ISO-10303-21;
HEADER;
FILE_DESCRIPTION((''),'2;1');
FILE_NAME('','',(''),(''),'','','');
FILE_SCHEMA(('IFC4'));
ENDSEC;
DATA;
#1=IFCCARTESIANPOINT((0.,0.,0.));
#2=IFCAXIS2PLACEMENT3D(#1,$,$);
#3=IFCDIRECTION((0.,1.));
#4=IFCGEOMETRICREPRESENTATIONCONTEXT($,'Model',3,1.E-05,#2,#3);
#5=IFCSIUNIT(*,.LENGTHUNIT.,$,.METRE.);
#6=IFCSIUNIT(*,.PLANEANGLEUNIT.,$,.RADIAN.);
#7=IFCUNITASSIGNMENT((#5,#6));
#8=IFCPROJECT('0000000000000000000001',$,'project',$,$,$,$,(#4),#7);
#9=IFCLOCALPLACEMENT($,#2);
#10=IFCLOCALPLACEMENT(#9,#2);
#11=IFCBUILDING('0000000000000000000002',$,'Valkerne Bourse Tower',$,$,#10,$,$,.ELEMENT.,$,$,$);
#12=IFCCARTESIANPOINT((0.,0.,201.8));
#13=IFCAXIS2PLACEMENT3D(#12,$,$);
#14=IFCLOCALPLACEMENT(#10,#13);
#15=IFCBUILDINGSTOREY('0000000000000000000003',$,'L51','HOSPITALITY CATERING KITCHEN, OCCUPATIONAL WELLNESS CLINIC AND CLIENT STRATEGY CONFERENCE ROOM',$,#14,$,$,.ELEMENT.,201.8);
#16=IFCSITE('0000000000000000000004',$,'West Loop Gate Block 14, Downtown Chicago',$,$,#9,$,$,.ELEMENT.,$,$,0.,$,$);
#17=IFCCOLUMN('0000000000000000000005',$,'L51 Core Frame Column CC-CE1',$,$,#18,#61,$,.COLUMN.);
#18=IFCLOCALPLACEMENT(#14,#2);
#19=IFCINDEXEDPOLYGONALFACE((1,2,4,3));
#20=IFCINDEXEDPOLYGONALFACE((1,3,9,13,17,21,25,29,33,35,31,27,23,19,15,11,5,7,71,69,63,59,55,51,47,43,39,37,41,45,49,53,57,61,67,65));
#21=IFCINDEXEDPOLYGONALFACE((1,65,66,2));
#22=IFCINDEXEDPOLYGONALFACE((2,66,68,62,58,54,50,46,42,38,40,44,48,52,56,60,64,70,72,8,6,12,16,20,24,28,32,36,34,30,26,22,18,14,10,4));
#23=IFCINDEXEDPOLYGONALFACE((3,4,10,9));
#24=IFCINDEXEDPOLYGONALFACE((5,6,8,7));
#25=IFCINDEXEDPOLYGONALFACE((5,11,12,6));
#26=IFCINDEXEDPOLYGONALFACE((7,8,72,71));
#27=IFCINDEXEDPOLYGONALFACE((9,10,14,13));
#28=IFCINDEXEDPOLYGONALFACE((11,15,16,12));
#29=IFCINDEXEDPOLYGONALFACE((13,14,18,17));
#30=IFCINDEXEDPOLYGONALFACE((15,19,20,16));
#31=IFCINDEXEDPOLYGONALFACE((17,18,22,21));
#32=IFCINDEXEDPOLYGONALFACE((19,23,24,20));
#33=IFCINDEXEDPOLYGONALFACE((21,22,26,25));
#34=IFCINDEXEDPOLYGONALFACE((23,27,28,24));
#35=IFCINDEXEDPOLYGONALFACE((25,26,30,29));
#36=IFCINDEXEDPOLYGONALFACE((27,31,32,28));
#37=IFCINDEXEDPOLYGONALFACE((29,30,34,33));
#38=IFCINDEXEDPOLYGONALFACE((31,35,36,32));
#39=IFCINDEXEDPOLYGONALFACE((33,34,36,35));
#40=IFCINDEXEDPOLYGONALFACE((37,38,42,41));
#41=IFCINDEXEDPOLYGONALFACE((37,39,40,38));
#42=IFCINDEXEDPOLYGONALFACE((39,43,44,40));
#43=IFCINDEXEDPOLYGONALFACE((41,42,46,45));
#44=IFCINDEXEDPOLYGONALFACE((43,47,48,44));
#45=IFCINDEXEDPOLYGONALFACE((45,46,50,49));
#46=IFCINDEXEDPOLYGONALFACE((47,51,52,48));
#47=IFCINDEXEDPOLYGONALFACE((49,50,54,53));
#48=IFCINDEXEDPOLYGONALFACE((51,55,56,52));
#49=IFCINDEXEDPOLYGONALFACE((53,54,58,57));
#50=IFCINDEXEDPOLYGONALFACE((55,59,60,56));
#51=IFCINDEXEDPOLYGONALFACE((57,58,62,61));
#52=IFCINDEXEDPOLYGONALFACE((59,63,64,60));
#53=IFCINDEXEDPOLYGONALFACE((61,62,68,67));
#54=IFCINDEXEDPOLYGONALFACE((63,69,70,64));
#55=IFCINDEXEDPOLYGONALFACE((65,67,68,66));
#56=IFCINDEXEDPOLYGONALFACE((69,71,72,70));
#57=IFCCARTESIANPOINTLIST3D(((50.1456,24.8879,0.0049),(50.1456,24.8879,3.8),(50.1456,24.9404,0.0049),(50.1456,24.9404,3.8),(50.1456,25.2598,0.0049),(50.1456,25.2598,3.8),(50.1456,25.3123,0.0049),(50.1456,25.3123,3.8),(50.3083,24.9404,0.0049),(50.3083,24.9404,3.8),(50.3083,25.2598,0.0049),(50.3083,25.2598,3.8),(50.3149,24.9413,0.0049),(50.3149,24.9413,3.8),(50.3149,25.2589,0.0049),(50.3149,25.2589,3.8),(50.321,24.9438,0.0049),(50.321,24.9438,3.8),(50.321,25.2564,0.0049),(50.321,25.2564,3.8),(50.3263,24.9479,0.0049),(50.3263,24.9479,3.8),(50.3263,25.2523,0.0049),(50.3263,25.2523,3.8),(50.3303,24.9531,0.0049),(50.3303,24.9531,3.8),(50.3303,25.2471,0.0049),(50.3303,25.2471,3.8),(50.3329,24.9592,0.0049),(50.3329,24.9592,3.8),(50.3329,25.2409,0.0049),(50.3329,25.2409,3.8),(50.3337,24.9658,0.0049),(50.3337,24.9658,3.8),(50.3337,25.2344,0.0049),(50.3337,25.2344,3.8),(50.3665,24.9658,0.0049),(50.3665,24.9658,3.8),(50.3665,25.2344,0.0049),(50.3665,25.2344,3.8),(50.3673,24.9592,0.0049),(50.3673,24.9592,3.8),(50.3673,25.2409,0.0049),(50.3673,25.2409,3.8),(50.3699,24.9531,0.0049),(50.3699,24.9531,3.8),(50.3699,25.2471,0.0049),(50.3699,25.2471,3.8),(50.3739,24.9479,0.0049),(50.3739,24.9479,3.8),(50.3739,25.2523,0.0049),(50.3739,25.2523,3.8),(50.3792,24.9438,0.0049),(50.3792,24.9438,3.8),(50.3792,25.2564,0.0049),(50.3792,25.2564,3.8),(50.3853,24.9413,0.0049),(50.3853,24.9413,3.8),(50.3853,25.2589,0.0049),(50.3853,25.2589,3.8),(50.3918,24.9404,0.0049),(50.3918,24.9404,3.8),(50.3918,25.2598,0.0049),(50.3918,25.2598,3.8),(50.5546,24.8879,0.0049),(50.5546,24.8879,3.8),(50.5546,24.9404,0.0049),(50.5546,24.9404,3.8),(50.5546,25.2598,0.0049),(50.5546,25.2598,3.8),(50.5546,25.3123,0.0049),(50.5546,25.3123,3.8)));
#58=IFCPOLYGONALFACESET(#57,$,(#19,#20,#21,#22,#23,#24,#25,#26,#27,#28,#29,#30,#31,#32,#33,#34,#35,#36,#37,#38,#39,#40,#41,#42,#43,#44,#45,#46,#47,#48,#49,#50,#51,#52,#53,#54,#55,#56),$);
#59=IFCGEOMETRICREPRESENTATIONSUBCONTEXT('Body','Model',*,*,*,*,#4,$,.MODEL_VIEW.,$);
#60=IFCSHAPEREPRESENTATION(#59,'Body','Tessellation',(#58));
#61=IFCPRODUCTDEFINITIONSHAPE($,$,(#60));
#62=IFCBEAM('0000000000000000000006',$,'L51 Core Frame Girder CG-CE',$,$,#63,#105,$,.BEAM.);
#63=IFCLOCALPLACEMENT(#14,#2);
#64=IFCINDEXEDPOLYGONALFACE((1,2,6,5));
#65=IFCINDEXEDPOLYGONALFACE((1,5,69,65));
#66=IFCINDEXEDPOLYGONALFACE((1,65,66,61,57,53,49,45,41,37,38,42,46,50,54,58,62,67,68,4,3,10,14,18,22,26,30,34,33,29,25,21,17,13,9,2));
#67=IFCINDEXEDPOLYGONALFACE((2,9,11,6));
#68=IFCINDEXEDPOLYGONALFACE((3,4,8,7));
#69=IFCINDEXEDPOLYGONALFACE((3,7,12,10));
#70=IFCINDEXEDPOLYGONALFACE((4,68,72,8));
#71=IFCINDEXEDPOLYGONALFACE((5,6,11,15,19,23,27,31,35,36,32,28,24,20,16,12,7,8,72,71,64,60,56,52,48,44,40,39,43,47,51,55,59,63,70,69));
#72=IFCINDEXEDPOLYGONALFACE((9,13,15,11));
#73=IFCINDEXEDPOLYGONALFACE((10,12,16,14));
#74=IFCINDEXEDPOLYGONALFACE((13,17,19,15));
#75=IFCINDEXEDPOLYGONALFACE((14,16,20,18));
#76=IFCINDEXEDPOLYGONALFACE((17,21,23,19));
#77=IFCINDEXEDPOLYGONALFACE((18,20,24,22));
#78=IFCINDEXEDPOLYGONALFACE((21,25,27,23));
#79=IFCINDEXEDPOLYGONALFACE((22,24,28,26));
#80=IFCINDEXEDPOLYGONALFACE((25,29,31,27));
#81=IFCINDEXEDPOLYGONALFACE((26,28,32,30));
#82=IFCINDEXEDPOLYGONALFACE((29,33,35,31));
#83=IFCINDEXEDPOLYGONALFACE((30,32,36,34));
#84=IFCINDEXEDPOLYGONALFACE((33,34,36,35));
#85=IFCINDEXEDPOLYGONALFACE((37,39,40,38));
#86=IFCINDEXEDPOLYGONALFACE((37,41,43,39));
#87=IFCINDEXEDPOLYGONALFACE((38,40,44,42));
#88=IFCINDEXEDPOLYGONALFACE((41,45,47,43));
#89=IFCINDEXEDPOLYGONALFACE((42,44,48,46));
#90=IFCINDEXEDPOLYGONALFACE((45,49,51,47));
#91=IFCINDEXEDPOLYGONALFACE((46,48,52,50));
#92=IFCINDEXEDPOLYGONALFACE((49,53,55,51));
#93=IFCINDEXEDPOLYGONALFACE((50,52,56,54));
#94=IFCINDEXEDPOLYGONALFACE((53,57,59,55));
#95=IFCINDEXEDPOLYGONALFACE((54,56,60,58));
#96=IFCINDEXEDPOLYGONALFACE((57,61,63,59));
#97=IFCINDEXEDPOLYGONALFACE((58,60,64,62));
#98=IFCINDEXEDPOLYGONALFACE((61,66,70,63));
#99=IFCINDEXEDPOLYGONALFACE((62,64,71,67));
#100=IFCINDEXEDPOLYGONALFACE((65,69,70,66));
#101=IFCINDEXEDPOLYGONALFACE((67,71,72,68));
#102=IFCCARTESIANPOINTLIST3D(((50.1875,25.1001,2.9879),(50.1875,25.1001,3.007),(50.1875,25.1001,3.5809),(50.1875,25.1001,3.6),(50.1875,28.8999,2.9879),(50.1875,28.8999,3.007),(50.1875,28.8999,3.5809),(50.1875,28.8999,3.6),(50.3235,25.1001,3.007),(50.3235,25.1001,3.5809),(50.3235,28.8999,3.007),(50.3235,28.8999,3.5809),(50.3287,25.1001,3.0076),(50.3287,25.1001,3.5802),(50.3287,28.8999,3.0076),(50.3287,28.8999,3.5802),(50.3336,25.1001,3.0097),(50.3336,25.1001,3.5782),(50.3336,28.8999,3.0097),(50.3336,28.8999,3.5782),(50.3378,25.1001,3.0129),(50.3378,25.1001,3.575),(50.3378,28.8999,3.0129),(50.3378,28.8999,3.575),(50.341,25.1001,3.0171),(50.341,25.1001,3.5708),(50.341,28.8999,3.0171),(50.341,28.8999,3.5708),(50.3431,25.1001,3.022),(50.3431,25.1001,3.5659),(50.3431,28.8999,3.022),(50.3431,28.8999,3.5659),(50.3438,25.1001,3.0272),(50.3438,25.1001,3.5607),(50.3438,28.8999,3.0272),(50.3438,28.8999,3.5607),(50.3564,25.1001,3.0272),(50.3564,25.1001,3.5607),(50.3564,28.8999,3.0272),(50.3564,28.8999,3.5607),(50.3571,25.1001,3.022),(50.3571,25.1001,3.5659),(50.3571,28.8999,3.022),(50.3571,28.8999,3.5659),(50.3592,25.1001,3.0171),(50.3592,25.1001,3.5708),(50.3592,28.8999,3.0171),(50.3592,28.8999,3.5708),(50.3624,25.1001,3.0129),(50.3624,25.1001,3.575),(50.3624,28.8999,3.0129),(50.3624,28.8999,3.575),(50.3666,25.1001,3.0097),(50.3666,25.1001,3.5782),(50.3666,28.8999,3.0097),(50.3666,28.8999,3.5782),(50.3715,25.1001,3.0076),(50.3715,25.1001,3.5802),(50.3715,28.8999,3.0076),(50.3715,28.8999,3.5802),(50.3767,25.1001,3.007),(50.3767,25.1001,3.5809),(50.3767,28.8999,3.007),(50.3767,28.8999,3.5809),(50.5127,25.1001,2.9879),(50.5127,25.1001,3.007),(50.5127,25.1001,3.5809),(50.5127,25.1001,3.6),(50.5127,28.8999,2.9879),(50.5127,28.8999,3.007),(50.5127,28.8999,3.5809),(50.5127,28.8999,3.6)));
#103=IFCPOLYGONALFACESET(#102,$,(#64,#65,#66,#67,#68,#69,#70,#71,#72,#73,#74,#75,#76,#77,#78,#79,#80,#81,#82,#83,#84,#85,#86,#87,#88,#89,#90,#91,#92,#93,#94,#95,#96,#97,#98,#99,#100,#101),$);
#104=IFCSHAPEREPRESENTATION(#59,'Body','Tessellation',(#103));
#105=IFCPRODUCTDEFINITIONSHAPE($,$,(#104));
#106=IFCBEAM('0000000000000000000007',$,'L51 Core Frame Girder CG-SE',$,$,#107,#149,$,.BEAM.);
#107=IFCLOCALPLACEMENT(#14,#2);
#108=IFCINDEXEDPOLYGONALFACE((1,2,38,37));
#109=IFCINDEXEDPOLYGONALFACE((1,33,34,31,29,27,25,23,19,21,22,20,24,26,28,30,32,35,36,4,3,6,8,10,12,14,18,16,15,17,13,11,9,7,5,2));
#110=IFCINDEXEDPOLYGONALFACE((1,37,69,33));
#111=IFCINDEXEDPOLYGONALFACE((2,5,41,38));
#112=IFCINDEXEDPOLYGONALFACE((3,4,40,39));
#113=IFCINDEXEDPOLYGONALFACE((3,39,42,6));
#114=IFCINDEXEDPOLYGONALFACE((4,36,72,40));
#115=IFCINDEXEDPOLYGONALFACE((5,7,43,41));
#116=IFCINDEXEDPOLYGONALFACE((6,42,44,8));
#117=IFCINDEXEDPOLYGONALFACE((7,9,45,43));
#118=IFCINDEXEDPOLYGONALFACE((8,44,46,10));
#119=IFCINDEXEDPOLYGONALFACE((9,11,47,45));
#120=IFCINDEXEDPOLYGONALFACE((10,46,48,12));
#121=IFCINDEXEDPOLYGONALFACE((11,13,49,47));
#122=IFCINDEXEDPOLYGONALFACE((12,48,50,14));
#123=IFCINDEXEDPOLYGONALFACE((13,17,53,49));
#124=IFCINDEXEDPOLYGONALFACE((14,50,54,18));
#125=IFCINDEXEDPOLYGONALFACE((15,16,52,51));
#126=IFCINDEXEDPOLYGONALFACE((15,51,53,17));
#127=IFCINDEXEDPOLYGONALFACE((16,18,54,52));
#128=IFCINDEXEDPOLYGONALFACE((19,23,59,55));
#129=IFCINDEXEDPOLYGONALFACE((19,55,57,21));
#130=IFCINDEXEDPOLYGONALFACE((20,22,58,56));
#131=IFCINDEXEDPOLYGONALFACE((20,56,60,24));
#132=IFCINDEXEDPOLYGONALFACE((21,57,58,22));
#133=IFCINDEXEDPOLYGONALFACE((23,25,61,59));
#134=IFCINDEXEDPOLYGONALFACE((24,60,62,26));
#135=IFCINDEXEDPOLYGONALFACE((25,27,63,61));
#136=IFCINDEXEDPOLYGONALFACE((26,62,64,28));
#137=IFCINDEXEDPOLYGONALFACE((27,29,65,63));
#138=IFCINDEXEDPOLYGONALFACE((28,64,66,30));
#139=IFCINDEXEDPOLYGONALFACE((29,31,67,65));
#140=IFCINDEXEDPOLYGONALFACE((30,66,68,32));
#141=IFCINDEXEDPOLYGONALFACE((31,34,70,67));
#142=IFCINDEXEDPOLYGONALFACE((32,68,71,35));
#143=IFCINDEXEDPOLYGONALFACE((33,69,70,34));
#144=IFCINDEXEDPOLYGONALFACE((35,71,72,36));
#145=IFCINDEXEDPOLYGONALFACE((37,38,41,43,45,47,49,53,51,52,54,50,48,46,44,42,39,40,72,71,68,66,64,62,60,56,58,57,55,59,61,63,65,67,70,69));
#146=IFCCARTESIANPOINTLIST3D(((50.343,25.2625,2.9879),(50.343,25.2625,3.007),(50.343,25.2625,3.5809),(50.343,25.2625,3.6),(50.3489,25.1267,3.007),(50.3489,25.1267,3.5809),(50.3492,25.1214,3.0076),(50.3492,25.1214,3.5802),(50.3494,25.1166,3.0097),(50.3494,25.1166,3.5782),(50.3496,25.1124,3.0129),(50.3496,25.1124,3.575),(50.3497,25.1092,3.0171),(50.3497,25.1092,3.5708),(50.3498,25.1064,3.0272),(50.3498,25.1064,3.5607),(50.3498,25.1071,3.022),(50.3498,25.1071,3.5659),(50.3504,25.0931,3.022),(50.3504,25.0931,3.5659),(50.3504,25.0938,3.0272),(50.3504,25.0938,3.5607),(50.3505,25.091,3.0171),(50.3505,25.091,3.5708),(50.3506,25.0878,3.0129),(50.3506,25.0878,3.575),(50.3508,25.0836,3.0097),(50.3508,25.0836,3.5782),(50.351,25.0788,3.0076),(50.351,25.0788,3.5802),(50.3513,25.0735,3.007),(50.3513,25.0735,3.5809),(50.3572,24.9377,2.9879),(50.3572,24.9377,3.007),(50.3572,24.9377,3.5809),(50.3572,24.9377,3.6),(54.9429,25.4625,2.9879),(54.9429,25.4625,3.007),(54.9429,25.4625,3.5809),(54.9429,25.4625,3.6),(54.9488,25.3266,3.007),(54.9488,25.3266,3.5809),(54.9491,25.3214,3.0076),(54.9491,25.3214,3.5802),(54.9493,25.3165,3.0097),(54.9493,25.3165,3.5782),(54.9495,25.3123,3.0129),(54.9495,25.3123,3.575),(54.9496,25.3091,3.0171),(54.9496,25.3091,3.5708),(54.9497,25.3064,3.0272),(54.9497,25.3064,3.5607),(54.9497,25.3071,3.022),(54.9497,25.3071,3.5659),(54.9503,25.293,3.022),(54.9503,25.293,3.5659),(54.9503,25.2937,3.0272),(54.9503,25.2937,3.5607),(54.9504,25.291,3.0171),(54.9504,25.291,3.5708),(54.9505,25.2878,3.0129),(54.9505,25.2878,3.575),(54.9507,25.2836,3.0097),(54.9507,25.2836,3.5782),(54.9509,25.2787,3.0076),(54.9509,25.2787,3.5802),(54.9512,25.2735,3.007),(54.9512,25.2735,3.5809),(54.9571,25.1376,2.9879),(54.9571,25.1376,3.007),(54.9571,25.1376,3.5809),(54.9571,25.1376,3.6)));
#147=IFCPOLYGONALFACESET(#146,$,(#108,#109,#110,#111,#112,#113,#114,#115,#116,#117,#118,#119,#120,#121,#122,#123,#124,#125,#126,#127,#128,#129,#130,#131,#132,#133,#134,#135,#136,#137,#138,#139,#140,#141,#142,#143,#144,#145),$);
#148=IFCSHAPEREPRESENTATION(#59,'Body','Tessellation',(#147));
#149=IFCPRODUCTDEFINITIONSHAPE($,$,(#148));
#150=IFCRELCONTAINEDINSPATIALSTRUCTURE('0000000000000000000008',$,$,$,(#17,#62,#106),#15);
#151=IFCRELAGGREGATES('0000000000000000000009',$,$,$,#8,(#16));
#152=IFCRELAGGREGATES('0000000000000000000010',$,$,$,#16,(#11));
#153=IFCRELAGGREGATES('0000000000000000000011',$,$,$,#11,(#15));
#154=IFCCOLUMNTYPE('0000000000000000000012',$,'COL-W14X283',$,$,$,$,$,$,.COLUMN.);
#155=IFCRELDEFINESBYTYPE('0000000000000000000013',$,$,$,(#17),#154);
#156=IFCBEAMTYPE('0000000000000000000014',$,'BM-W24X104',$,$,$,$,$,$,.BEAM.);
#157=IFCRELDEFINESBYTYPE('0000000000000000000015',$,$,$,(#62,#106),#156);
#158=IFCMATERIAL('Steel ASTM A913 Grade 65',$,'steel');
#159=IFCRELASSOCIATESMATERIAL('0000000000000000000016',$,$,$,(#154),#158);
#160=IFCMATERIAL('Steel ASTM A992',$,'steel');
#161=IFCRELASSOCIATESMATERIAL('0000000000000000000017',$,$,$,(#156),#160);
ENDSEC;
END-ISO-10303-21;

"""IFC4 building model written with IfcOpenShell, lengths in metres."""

from ifc_helpers import new_model, si_unit, direction, frame, origin, origin_2d, place, context, subcontext, project, spatial, i_section, extrude, material, material_profile, profile_set, type_object, element, save


model = new_model("IFC4")

# Units and contexts
model_context = context("Model", 3, precision=1e-05, world=origin(), true_north=direction((0.0, 1.0)))
body_context = subcontext(model_context, "Body", "Model", "MODEL_VIEW")
ifc_project = project(units=[si_unit("LENGTHUNIT", "METRE"), si_unit("PLANEANGLEUNIT", "RADIAN")], contexts=[model_context])

# Site, building, storey
site_placement = place(None, origin())
site = spatial("IfcSite", under=ifc_project, at=site_placement, Name="West Loop Gate Block 14, Downtown Chicago", CompositionType="ELEMENT", RefElevation=0.0)
building_placement = place(site_placement, origin())
building = spatial("IfcBuilding", under=site, at=building_placement, Name="Valkerne Bourse Tower", CompositionType="ELEMENT")
storey_placement = place(building_placement, frame((0.0, 0.0, 201.8)))
storey = spatial("IfcBuildingStorey", under=building, at=storey_placement, Name="L51", Description="HOSPITALITY CATERING KITCHEN, OCCUPATIONAL WELLNESS CLINIC AND CLIENT STRATEGY CONFERENCE ROOM", CompositionType="ELEMENT", Elevation=201.8)

# Column
ifc_material_1 = material(Name="Steel ASTM A913 Grade 65", Category="steel")
ifc_material_profile_1 = material_profile(ifc_material_1, i_section(OverallWidth=0.4089, OverallDepth=0.4243, WebThickness=0.0327, FlangeThickness=0.0525, FilletRadius=0.0254, at=origin_2d()), Name="W14X283")
ifc_profile_set_1 = profile_set([ifc_material_profile_1], Name="Steel ASTM A913 Grade 65")
column_type = type_object("IfcColumnType", Name="COL-W14X283", PredefinedType="COLUMN", material=ifc_profile_set_1)
column_placement = place(storey_placement, frame((50.3501, 25.1001, 0.0049), z_axis=(0.0, 0.0, 1.0), x_axis=(1.0, 0.0, 0.0)))
element("IfcColumn", 1, at=column_placement, inside=storey, type_object=column_type, Name="L51 Core Frame Column CC-CE1", PredefinedType="COLUMN", context=body_context, shape_type="SweptSolid", body=[
    extrude(i_section(OverallWidth=0.4089, OverallDepth=0.4243, WebThickness=0.0327, FlangeThickness=0.0525, FilletRadius=0.0254, at=origin_2d()), origin(), (0.0, 0.0, 1.0), 3.7952),
])

# Beams
ifc_material_2 = material(Name="Steel ASTM A992", Category="steel")
ifc_material_profile_2 = material_profile(ifc_material_2, i_section(OverallWidth=0.3252, OverallDepth=0.6121, WebThickness=0.0127, FlangeThickness=0.019, FilletRadius=0.0203, at=origin_2d()), Name="W24X104")
ifc_profile_set_2 = profile_set([ifc_material_profile_2], Name="Steel ASTM A992")
beam_type = type_object("IfcBeamType", Name="BM-W24X104", PredefinedType="BEAM", material=ifc_profile_set_2)
beam_1_placement = place(storey_placement, frame((50.3501, 25.1001, 3.2939), z_axis=(0.0, 1.0, 0.0), x_axis=(-1.0, 0.0, 0.0)))
element("IfcBeam", 2, at=beam_1_placement, inside=storey, type_object=beam_type, Name="L51 Core Frame Girder CG-CE", PredefinedType="BEAM", context=body_context, shape_type="SweptSolid", body=[
    extrude(i_section(OverallWidth=0.3252, OverallDepth=0.6121, WebThickness=0.0127, FlangeThickness=0.019, FilletRadius=0.0203, at=origin_2d()), origin(), (0.0, 0.0, 1.0), 3.7998),
])
beam_2_placement = place(storey_placement, frame((50.3501, 25.1001, 3.2939), z_axis=(0.999057, 0.043428, 0.0), x_axis=(-0.043428, 0.999057, 0.0)))
element("IfcBeam", 3, at=beam_2_placement, inside=storey, type_object=beam_type, Name="L51 Core Frame Girder CG-SE", PredefinedType="BEAM", context=body_context, shape_type="SweptSolid", body=[
    extrude(i_section(OverallWidth=0.3252, OverallDepth=0.6121, WebThickness=0.0127, FlangeThickness=0.019, FilletRadius=0.0203, at=origin_2d()), origin(), (0.0, 0.0, 1.0), 4.6042),
])

save(model, "model.ifc")
